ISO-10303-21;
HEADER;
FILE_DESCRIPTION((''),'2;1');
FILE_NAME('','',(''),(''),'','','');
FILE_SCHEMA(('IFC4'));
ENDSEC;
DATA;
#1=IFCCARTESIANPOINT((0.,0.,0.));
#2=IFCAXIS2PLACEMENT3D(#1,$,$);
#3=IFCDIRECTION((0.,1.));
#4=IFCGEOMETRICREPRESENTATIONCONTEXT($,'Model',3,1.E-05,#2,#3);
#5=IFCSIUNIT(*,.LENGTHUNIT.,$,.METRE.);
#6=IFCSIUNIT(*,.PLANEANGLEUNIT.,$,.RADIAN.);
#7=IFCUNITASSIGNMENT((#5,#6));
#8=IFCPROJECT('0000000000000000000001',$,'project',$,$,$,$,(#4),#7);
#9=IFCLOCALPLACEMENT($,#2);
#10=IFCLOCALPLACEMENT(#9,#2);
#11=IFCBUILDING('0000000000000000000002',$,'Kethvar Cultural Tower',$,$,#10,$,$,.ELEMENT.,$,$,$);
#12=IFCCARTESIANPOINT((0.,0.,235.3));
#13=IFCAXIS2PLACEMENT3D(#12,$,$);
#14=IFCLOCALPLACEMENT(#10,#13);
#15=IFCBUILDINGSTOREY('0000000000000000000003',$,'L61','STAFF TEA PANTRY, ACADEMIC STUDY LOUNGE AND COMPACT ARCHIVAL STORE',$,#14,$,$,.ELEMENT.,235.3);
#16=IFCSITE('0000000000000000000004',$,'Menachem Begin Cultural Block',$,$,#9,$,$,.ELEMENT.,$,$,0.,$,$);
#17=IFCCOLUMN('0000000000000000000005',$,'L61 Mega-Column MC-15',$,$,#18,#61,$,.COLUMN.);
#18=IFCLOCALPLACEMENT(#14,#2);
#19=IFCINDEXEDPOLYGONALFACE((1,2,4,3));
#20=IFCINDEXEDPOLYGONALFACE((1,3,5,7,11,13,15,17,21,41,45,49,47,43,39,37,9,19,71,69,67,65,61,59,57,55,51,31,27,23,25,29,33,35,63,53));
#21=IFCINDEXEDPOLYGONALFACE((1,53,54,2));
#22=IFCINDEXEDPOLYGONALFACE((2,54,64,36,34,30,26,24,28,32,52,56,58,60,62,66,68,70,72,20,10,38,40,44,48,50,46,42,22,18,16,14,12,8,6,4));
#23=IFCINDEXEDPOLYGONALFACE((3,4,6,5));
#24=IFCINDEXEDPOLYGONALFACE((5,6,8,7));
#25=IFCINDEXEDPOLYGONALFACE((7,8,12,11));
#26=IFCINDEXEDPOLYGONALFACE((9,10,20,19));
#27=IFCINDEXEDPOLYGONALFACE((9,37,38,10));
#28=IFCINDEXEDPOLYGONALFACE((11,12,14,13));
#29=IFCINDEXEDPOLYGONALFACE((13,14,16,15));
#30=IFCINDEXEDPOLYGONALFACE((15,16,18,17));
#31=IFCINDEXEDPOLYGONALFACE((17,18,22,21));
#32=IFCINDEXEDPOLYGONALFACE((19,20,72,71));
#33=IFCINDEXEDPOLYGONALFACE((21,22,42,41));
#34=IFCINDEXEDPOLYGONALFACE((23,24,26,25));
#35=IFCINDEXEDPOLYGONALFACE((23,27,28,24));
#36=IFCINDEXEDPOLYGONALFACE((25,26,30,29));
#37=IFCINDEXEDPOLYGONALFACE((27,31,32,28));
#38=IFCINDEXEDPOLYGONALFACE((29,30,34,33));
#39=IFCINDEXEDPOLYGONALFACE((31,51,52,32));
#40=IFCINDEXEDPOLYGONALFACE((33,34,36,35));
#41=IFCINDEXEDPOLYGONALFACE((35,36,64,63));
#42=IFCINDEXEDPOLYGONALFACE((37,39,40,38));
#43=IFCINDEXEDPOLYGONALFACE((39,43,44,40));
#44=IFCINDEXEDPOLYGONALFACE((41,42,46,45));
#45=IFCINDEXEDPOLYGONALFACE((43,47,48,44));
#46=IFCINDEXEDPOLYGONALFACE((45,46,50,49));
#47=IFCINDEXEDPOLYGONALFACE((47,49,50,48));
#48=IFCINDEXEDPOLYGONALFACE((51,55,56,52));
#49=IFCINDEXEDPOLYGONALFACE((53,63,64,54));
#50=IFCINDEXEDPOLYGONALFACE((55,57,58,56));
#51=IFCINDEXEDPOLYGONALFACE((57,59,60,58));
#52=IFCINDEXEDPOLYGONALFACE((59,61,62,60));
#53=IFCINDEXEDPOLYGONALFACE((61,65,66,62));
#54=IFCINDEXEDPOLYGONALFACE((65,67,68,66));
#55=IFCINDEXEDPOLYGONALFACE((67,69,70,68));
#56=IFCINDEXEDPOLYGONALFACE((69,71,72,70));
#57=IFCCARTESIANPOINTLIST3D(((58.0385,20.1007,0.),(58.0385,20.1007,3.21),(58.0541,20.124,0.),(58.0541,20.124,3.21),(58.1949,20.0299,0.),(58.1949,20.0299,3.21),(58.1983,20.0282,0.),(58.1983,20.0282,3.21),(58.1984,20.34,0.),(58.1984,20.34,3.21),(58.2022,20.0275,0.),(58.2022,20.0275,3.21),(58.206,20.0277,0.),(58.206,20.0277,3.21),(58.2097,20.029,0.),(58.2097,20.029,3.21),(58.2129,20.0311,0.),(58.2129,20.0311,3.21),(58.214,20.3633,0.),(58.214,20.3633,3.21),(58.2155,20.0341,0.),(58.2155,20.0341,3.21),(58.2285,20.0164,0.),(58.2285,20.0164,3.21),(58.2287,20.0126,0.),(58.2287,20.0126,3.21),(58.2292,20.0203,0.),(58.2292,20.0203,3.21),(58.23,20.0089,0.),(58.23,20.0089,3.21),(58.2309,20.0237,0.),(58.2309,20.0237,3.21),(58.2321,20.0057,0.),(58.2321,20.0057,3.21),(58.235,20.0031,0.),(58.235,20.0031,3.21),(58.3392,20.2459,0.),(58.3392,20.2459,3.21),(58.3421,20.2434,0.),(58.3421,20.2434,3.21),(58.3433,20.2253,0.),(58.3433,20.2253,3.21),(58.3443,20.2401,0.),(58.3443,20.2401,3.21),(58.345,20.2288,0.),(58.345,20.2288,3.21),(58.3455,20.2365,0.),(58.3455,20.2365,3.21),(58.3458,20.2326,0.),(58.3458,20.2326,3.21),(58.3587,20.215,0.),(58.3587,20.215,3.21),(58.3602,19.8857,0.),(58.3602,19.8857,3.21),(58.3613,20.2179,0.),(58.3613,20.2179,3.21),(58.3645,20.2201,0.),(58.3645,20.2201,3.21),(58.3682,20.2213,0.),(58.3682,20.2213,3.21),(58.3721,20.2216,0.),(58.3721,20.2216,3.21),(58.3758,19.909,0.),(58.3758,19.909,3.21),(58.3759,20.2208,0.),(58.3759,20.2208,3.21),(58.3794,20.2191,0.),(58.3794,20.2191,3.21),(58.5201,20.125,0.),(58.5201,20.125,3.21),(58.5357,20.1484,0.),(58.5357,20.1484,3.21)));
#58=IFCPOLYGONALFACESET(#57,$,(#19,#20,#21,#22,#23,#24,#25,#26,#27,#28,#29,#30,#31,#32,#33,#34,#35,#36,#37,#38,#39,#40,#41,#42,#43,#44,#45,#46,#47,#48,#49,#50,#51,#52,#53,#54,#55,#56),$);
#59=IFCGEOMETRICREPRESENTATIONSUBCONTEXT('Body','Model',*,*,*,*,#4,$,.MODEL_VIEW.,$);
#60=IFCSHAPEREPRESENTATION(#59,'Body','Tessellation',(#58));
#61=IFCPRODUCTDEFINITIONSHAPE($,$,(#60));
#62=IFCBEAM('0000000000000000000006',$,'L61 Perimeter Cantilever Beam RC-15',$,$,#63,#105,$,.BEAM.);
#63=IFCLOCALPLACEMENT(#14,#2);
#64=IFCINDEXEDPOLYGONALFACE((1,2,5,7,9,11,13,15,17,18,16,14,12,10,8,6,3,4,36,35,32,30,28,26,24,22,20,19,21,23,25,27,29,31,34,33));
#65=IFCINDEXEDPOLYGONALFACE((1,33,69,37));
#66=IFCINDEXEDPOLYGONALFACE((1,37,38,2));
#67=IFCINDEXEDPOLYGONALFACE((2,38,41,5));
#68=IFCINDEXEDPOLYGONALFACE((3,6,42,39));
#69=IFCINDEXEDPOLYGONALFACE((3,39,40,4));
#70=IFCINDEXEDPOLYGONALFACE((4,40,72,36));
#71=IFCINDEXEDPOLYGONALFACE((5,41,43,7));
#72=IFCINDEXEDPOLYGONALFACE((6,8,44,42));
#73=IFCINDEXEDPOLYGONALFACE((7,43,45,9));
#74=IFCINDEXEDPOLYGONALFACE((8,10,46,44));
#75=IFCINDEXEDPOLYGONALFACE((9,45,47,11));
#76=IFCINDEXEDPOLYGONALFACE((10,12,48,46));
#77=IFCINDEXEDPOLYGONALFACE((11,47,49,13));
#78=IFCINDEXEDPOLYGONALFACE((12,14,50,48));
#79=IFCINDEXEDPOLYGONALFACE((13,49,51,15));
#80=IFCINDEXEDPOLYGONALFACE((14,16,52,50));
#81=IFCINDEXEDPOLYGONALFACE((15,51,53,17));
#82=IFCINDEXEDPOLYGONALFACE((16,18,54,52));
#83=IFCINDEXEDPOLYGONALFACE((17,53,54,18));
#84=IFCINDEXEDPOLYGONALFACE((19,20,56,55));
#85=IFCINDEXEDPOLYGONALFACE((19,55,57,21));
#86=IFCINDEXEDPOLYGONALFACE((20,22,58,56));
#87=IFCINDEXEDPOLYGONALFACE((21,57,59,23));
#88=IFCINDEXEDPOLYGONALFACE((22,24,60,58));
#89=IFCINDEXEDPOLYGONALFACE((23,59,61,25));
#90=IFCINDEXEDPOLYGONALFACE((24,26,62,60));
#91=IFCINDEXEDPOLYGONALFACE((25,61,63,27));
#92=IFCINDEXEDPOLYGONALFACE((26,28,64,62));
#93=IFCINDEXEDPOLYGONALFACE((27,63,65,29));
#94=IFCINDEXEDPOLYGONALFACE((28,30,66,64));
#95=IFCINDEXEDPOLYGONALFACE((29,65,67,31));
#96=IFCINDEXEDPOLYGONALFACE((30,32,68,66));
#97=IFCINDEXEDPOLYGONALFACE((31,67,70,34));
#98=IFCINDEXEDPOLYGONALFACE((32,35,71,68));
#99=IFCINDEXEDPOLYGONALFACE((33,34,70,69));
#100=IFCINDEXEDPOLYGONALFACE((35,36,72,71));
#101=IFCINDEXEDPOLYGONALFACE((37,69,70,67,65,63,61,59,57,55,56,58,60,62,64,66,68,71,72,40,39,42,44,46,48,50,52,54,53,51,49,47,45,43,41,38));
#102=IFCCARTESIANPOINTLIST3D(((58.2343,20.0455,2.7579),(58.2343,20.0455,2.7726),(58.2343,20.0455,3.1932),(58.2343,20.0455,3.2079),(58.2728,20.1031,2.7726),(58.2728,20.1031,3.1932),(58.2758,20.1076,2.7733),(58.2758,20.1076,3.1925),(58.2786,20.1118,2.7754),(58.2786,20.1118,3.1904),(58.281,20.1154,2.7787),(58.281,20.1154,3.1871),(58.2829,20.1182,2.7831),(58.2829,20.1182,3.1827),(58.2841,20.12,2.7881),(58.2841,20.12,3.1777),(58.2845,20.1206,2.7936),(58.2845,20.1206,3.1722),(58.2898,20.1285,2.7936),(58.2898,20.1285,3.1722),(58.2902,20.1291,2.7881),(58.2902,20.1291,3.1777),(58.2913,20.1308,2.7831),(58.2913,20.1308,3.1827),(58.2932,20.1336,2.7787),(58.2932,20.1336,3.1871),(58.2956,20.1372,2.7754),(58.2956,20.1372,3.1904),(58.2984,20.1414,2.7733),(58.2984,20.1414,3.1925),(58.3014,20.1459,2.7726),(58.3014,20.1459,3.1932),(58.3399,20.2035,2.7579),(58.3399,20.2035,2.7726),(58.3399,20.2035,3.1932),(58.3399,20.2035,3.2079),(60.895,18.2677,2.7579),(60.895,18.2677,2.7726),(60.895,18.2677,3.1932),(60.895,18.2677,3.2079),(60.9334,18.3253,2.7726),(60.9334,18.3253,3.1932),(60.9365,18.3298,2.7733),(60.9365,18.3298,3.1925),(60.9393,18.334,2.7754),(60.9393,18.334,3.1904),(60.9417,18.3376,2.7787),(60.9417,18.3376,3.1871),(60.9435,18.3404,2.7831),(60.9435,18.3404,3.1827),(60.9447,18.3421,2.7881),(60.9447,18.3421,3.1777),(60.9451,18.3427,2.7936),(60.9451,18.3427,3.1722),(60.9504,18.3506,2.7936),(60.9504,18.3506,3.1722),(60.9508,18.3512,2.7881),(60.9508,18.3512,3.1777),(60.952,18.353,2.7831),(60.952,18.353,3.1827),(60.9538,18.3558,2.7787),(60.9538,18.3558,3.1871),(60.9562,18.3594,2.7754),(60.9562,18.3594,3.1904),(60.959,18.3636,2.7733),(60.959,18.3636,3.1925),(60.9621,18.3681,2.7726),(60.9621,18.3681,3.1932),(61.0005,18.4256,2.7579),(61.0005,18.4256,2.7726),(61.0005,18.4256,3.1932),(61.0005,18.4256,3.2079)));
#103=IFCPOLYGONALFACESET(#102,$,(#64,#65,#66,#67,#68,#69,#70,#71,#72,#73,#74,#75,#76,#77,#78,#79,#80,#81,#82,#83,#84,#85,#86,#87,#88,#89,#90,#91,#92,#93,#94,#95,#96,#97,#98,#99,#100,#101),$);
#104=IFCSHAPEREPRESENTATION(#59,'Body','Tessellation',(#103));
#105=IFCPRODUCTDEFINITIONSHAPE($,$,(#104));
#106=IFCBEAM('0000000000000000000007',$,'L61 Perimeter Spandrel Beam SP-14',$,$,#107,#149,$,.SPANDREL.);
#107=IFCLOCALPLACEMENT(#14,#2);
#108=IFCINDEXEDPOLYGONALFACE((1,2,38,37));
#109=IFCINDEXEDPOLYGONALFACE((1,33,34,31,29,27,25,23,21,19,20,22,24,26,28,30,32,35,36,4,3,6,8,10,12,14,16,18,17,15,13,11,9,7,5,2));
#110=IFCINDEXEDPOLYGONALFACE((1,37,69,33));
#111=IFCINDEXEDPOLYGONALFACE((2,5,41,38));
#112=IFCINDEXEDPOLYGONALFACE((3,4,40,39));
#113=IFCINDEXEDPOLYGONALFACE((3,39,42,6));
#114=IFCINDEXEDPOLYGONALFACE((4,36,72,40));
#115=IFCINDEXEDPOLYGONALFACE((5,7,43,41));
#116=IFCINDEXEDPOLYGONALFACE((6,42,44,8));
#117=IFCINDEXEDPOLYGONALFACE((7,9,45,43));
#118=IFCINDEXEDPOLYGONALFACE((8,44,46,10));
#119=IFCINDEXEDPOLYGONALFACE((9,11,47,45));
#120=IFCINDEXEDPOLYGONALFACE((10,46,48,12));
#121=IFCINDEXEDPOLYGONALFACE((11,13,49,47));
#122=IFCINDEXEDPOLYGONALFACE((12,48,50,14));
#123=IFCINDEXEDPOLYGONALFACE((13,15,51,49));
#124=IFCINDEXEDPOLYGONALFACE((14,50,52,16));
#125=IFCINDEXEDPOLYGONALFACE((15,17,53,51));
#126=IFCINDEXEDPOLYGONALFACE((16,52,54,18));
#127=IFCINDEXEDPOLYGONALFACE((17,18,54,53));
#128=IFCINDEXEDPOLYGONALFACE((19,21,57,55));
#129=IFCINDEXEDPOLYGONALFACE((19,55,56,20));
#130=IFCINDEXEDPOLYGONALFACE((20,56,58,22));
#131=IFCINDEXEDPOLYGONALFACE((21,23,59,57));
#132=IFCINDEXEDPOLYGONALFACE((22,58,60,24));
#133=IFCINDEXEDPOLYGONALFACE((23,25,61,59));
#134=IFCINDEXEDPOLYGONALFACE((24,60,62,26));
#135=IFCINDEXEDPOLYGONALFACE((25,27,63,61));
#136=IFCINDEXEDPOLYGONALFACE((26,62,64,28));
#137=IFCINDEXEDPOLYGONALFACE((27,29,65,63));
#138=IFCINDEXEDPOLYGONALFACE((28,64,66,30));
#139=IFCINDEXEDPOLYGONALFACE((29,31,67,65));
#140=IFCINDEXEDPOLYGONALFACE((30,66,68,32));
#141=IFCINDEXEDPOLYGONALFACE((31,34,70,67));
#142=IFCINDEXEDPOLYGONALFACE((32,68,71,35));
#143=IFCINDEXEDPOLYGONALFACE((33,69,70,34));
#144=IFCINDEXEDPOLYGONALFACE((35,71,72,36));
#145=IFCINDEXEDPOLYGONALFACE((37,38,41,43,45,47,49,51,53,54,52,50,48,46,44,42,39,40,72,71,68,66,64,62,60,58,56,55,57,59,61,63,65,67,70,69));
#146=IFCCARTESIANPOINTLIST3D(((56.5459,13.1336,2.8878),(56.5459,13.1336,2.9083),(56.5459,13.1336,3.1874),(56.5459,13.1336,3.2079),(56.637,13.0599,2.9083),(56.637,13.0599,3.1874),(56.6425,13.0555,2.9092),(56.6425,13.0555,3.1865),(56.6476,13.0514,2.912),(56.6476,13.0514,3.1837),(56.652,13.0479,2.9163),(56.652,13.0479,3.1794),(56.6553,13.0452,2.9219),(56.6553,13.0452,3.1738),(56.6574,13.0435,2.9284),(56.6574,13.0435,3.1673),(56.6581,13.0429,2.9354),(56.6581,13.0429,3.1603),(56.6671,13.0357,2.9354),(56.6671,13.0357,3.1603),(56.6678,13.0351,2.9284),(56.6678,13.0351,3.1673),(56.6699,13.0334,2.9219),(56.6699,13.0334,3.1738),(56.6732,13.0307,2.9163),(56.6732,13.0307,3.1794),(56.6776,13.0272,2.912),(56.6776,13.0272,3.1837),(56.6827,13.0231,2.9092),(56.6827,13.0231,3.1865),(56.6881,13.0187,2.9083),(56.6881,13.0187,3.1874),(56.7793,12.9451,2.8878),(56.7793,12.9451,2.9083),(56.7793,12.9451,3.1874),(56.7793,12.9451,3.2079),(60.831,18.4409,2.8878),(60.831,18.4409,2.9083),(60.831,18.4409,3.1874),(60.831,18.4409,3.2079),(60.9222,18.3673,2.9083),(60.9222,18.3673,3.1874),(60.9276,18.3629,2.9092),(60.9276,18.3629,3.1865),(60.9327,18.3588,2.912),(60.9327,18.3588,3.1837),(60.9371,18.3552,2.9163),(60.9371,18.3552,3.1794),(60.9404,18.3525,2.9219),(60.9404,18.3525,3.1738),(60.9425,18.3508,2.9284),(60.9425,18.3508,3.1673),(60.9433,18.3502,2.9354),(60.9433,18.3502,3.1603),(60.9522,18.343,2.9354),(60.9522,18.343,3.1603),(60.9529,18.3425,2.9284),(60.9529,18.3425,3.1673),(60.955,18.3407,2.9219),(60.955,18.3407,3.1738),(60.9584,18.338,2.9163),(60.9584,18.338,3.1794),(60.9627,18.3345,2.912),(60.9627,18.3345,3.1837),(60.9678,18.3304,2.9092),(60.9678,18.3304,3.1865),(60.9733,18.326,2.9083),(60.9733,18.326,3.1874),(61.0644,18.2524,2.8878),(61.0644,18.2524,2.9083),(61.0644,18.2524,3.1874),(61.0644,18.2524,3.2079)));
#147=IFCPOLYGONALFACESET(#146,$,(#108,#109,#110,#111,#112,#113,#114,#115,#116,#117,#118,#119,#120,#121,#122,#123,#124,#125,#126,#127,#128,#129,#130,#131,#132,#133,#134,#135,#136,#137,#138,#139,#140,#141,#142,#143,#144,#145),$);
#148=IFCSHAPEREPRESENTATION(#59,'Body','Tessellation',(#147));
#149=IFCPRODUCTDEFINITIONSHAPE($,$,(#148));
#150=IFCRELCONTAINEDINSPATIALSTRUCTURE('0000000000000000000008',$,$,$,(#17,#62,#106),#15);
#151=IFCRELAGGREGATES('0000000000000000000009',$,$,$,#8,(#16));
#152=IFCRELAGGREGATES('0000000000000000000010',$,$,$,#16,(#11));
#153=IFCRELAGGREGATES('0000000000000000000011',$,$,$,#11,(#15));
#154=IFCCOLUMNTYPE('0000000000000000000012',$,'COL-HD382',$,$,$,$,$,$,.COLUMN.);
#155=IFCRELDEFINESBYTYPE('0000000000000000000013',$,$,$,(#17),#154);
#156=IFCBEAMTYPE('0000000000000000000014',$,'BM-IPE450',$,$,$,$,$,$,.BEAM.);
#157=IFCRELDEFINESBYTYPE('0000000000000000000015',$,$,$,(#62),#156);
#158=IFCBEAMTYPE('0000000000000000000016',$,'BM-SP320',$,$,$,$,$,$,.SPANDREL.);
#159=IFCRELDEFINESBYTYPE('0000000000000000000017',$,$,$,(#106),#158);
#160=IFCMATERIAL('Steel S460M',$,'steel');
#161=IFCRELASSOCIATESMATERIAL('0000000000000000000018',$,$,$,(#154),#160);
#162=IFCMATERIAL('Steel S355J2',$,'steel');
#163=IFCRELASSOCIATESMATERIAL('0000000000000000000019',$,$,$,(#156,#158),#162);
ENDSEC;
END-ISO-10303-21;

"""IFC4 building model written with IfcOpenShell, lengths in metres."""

from ifc_helpers import new_model, si_unit, direction, frame, origin, origin_2d, place, context, subcontext, project, spatial, i_section, extrude, source, transform, mapped, material, material_profile, profile_set, type_object, element, save


model = new_model("IFC4")

# Units and contexts
model_context = context("Model", 3, precision=1e-05, world=origin(), true_north=direction((0.0, 1.0)))
body_context = subcontext(model_context, "Body", "Model", "MODEL_VIEW")
ifc_project = project(units=[si_unit("LENGTHUNIT", "METRE"), si_unit("PLANEANGLEUNIT", "RADIAN")], contexts=[model_context])

# Site, building, storey
site_placement = place(None, origin())
site = spatial("IfcSite", under=ifc_project, at=site_placement, Name="Menachem Begin Cultural Block", CompositionType="ELEMENT", RefElevation=0.0)
building_placement = place(site_placement, origin())
building = spatial("IfcBuilding", under=site, at=building_placement, Name="Kethvar Cultural Tower", CompositionType="ELEMENT")
storey_placement = place(building_placement, frame((0.0, 0.0, 235.3)))
storey = spatial("IfcBuildingStorey", under=building, at=storey_placement, Name="L61", Description="STAFF TEA PANTRY, ACADEMIC STUDY LOUNGE AND COMPACT ARCHIVAL STORE", CompositionType="ELEMENT", Elevation=235.3)

# Column
ifc_material_1 = material(Name="Steel S460M", Category="steel")
ifc_material_profile_1 = material_profile(ifc_material_1, i_section(OverallWidth=0.387, OverallDepth=0.3159, WebThickness=0.0186, FlangeThickness=0.0281, FilletRadius=0.0149, at=origin_2d()), Name="Steel S460M — HD400x382")
ifc_profile_set_1 = profile_set([ifc_material_profile_1], Name="Steel S460M — HD400x382")
column_type = type_object("IfcColumnType", Name="COL-HD382", PredefinedType="COLUMN", material=ifc_profile_set_1)
shared_shape_1 = source(origin(), body_context, "Body", "SweptSolid", [
    extrude(i_section(OverallWidth=0.387, OverallDepth=0.3159, WebThickness=0.0186, FlangeThickness=0.0281, FilletRadius=0.0149, at=origin_2d()), origin(), (0.0, 0.0, 1.0), 3.21),
])
column_placement = place(storey_placement, frame((58.2871, 20.1245, 0.0), z_axis=(0.0, 0.0, 1.0), x_axis=(0.83147, -0.55557, 0.0)))
element("IfcColumn", 1, at=column_placement, inside=storey, type_object=column_type, Name="L61 Mega-Column MC-15", PredefinedType="COLUMN", context=body_context, shape_type="MappedRepresentation", body=[
    mapped(shared_shape_1, transform((0.0, 0.0, 0.0), scale=1.0)),
])

# Beams
ifc_material_2 = material(Name="Steel S355J2", Category="steel")
ifc_material_profile_2 = material_profile(ifc_material_2, i_section(OverallWidth=0.1899, OverallDepth=0.45, WebThickness=0.0095, FlangeThickness=0.0146, FilletRadius=0.021, at=origin_2d()), Name="Steel S355J2 — IPE450")
ifc_profile_set_2 = profile_set([ifc_material_profile_2], Name="Steel S355J2 — IPE450")
beam_type_1 = type_object("IfcBeamType", Name="BM-IPE450", PredefinedType="BEAM", material=ifc_profile_set_2)
shared_shape_2 = source(origin(), body_context, "Body", "SweptSolid", [
    extrude(i_section(OverallWidth=0.1899, OverallDepth=0.45, WebThickness=0.0095, FlangeThickness=0.0146, FilletRadius=0.021, at=origin_2d()), origin(), (0.0, 0.0, 1.0), 3.2),
])
beam_1_placement = place(storey_placement, frame((58.2871, 20.1245, 2.9829), z_axis=(0.831463, -0.55558, 0.0), x_axis=(0.55558, 0.831463, 0.0)))
element("IfcBeam", 2, at=beam_1_placement, inside=storey, type_object=beam_type_1, Name="L61 Perimeter Cantilever Beam RC-15", PredefinedType="BEAM", context=body_context, shape_type="MappedRepresentation", body=[
    mapped(shared_shape_2, transform((0.0, 0.0, 0.0), scale=1.0)),
])
ifc_material_profile_3 = material_profile(ifc_material_2, i_section(OverallWidth=0.3, OverallDepth=0.3201, WebThickness=0.0115, FlangeThickness=0.0205, FilletRadius=0.0271, at=origin_2d()), Name="Steel S355J2 — HEB320")
ifc_profile_set_3 = profile_set([ifc_material_profile_3], Name="Steel S355J2 — HEB320")
beam_type_2 = type_object("IfcBeamType", Name="BM-SP320", PredefinedType="SPANDREL", material=ifc_profile_set_3)
shared_shape_3 = source(origin(), body_context, "Body", "SweptSolid", [
    extrude(i_section(OverallWidth=0.3, OverallDepth=0.3201, WebThickness=0.0115, FlangeThickness=0.0205, FilletRadius=0.0271, at=origin_2d()), origin(), (0.0, 0.0, 1.0), 6.8213),
])
beam_2_placement = place(storey_placement, frame((56.6626, 13.0393, 3.0479), z_axis=(0.628198, 0.778054, 0.0), x_axis=(-0.778054, 0.628198, 0.0)))
element("IfcBeam", 3, at=beam_2_placement, inside=storey, type_object=beam_type_2, Name="L61 Perimeter Spandrel Beam SP-14", PredefinedType="SPANDREL", context=body_context, shape_type="MappedRepresentation", body=[
    mapped(shared_shape_3, transform((0.0, 0.0, 0.0), scale=1.0)),
])

save(model, "model.ifc")
